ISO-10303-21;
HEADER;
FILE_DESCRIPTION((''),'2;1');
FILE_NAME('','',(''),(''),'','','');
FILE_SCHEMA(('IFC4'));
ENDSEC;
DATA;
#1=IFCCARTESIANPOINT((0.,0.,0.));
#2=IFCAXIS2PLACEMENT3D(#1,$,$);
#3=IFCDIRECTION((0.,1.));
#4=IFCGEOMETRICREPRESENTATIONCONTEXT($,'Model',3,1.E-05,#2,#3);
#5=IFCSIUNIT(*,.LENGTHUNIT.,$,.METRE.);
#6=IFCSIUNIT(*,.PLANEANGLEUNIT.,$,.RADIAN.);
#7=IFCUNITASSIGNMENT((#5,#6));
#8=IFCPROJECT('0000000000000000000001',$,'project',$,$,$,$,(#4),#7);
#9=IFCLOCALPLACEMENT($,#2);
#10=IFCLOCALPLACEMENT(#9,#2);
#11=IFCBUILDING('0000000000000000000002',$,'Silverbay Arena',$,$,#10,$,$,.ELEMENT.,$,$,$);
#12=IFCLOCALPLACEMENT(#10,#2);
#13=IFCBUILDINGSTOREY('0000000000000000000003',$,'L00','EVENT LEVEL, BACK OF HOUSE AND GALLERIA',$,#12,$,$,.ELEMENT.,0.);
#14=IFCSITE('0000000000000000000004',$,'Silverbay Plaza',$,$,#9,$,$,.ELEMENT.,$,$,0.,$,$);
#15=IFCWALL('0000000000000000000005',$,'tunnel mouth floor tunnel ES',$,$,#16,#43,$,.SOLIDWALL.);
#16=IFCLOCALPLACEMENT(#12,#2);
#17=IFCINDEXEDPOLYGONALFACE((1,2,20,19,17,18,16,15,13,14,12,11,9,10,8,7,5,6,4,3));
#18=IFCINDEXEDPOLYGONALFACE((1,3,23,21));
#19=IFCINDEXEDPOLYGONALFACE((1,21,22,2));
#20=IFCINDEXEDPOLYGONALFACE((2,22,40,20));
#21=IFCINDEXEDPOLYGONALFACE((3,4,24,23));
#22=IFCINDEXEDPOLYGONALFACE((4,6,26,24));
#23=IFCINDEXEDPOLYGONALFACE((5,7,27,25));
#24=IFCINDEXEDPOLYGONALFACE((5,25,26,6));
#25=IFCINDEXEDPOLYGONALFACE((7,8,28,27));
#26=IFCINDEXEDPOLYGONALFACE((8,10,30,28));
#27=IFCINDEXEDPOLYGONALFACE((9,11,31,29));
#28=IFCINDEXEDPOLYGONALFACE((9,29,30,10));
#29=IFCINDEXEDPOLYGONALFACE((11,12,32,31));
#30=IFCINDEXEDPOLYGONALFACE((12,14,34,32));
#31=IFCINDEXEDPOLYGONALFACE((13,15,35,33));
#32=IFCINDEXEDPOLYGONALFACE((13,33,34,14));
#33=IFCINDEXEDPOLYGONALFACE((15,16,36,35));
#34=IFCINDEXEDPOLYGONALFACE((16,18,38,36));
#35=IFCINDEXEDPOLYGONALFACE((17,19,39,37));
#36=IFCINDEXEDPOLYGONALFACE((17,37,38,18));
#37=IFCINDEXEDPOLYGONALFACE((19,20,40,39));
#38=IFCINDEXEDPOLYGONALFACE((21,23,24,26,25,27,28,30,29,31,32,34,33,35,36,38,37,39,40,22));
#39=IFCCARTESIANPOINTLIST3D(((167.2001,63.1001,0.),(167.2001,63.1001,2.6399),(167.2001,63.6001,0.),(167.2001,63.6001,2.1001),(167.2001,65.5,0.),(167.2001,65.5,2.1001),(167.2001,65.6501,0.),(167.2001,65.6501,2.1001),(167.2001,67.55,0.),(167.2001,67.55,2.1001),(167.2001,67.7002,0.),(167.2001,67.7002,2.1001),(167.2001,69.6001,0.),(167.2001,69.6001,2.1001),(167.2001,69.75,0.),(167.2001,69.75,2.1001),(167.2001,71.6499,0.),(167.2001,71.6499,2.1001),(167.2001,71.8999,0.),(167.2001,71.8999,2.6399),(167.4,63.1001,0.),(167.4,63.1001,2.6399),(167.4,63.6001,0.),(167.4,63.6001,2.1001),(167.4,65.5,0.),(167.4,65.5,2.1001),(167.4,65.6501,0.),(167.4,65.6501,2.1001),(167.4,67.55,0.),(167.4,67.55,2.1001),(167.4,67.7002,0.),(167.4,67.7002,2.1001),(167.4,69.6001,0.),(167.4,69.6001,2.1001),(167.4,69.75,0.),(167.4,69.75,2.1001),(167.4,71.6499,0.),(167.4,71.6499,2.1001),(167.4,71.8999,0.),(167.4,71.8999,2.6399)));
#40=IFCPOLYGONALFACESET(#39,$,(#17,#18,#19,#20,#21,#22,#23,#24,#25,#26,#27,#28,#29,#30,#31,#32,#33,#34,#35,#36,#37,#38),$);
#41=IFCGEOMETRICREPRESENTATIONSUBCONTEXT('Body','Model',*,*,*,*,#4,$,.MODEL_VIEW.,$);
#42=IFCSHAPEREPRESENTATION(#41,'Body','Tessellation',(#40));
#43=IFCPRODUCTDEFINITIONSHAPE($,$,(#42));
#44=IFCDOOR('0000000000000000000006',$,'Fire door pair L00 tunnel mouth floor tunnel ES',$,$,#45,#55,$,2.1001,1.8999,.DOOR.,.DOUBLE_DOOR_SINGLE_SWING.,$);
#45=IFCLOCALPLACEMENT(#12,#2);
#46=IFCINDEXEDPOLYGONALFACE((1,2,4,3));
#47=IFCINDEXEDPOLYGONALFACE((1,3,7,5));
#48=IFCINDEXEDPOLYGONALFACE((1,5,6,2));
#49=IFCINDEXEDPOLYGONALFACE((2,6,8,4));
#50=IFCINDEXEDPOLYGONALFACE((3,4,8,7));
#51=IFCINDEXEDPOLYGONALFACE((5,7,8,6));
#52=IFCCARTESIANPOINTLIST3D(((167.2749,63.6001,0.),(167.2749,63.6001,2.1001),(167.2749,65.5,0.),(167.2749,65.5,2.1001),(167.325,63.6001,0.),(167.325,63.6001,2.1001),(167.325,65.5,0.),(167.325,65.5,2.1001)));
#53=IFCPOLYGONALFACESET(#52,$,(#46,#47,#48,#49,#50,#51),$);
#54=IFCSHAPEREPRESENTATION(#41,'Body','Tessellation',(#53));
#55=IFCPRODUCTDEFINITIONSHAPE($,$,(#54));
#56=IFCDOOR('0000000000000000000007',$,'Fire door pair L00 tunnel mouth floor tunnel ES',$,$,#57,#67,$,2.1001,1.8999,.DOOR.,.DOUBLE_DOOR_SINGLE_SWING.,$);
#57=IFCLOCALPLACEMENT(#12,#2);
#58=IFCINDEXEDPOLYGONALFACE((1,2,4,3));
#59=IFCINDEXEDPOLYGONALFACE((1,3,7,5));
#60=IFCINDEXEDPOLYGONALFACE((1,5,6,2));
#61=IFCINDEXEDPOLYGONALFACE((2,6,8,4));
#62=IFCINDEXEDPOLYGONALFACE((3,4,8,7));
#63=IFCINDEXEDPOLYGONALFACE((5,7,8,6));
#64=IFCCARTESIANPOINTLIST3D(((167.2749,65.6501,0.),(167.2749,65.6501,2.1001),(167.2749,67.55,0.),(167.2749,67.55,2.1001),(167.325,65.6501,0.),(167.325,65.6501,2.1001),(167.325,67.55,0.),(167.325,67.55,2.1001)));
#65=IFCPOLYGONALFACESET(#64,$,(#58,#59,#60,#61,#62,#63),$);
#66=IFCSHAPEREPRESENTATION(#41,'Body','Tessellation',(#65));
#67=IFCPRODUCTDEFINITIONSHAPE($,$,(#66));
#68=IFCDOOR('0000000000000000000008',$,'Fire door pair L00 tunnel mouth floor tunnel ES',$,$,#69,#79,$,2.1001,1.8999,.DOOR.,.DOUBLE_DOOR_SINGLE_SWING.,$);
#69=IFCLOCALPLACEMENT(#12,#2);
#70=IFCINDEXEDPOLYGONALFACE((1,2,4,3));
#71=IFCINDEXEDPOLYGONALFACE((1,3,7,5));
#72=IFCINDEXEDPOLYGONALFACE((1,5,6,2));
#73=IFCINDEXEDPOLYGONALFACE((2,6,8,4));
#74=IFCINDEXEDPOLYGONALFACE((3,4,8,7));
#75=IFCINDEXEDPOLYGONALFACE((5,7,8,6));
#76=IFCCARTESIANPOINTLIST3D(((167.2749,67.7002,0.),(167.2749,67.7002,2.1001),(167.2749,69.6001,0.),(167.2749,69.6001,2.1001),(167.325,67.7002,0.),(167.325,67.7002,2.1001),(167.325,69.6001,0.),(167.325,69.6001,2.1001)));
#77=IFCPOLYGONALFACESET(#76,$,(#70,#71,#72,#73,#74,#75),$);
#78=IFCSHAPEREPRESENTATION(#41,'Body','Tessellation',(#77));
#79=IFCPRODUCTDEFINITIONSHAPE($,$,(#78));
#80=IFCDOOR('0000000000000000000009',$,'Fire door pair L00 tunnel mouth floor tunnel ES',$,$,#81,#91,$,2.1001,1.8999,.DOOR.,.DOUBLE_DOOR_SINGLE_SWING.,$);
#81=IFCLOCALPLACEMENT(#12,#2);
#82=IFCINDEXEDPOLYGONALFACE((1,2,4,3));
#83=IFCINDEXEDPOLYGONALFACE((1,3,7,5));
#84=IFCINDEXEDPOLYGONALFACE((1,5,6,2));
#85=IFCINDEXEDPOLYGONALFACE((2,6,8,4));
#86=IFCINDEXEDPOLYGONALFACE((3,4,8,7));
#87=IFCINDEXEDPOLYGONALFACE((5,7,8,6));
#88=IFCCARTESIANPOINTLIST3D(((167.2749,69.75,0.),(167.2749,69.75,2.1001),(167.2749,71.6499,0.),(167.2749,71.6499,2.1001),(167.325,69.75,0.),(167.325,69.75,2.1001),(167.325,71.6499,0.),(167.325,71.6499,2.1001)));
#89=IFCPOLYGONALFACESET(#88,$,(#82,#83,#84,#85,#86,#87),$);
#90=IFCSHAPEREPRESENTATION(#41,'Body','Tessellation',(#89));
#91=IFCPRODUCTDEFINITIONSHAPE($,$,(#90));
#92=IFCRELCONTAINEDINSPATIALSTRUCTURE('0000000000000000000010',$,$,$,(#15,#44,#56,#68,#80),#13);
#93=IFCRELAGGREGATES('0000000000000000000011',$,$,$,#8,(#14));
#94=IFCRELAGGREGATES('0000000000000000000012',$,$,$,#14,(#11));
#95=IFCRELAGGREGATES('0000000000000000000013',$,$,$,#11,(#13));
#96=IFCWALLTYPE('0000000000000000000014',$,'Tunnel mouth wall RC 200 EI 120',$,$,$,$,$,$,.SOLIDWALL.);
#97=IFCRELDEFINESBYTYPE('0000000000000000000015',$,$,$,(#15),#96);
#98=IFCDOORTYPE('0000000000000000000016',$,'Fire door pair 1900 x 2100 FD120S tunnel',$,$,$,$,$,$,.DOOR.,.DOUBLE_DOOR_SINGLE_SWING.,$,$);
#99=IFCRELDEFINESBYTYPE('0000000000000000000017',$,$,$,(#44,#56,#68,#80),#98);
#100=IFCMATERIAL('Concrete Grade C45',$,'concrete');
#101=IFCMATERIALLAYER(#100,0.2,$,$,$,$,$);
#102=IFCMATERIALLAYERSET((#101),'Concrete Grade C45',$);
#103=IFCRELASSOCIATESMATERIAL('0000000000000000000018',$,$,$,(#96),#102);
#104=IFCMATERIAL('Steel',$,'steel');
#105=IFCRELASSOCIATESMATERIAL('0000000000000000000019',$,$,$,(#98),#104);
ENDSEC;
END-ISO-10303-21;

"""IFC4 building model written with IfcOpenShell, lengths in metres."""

from ifc_helpers import new_model, si_unit, direction, frame, frame_2d, origin, place, context, subcontext, project, spatial, rectangle, extrude, material, layer, layer_set, type_object, element, fill, save


model = new_model("IFC4")

# Units and contexts
model_context = context("Model", 3, precision=1e-05, world=origin(), true_north=direction((0.0, 1.0)))
body_context = subcontext(model_context, "Body", "Model", "MODEL_VIEW")
ifc_project = project(units=[si_unit("LENGTHUNIT", "METRE"), si_unit("PLANEANGLEUNIT", "RADIAN")], contexts=[model_context])

# Site, building, storey
site_placement = place(None, origin())
site = spatial("IfcSite", under=ifc_project, at=site_placement, Name="Silverbay Plaza", CompositionType="ELEMENT", RefElevation=0.0)
building_placement = place(site_placement, origin())
building = spatial("IfcBuilding", under=site, at=building_placement, Name="Silverbay Arena", CompositionType="ELEMENT")
storey_placement = place(building_placement, origin())
storey = spatial("IfcBuildingStorey", under=building, at=storey_placement, Name="L00", Description="EVENT LEVEL, BACK OF HOUSE AND GALLERIA", CompositionType="ELEMENT", Elevation=0.0)

# Wall, openings, doors
ifc_material_1 = material(Name="Concrete Grade C45", Category="concrete")
ifc_layer_1 = layer(ifc_material_1, 0.2)
ifc_layer_set_1 = layer_set([ifc_layer_1], Name="Concrete Grade C45")
wall_type_1 = type_object("IfcWallType", Name="Tunnel mouth wall RC 200 EI 120", PredefinedType="SOLIDWALL", material=ifc_layer_set_1)
wall_1_placement = place(storey_placement, frame((167.3, 63.1001, 0.0), z_axis=(0.0, 0.0, 1.0), x_axis=(0.0, 1.0, 0.0)))
wall_1 = element("IfcWall", 1, at=wall_1_placement, inside=storey, type_object=wall_type_1, Name="tunnel mouth floor tunnel ES", PredefinedType="SOLIDWALL", context=body_context, shape_type="SweptSolid", body=[
    extrude(rectangle(XDim=8.7998, YDim=0.2, at=frame_2d((4.3999, 0.0))), origin(), (0.0, 0.0, 1.0), 2.6399),
])
opening_1_placement = place(wall_1_placement, frame((0.5, 0.0, 0.0)))
opening_1 = element("IfcOpeningElement", 2, at=opening_1_placement, cuts=wall_1, PredefinedType="OPENING", context=body_context, shape_type="SweptSolid", body=[
    extrude(rectangle(XDim=1.8999, YDim=2.1001, at=frame_2d((0.95, 1.05))), frame((0.0, 0.1099, 0.0), z_axis=(0.0, -1.0, 0.0), x_axis=(1.0, 0.0, 0.0)), (0.0, 0.0, 1.0), 0.22),
])
opening_2_placement = place(wall_1_placement, frame((2.55, 0.0, 0.0)))
opening_2 = element("IfcOpeningElement", 3, at=opening_2_placement, cuts=wall_1, PredefinedType="OPENING", context=body_context, shape_type="SweptSolid", body=[
    extrude(rectangle(XDim=1.8999, YDim=2.1001, at=frame_2d((0.95, 1.05))), frame((0.0, 0.1099, 0.0), z_axis=(0.0, -1.0, 0.0), x_axis=(1.0, 0.0, 0.0)), (0.0, 0.0, 1.0), 0.22),
])
opening_3_placement = place(wall_1_placement, frame((4.6001, 0.0, 0.0)))
opening_3 = element("IfcOpeningElement", 4, at=opening_3_placement, cuts=wall_1, PredefinedType="OPENING", context=body_context, shape_type="SweptSolid", body=[
    extrude(rectangle(XDim=1.8999, YDim=2.1001, at=frame_2d((0.95, 1.05))), frame((0.0, 0.1099, 0.0), z_axis=(0.0, -1.0, 0.0), x_axis=(1.0, 0.0, 0.0)), (0.0, 0.0, 1.0), 0.22),
])
opening_4_placement = place(wall_1_placement, frame((6.6499, 0.0, 0.0)))
opening_4 = element("IfcOpeningElement", 5, at=opening_4_placement, cuts=wall_1, PredefinedType="OPENING", context=body_context, shape_type="SweptSolid", body=[
    extrude(rectangle(XDim=1.8999, YDim=2.1001, at=frame_2d((0.95, 1.05))), frame((0.0, 0.1099, 0.0), z_axis=(0.0, -1.0, 0.0), x_axis=(1.0, 0.0, 0.0)), (0.0, 0.0, 1.0), 0.22),
])
ifc_material_2 = material(Name="Steel", Category="steel")
door_type_1 = type_object("IfcDoorType", Name="Fire door pair 1900 x 2100 FD120S tunnel", OperationType="DOUBLE_DOOR_SINGLE_SWING", PredefinedType="DOOR", material=ifc_material_2)
door_1_placement = place(opening_1_placement, frame((1.8999, 0.0, 0.0), z_axis=(0.0, 0.0, 1.0), x_axis=(-1.0, 0.0, 0.0)))
door_1 = element("IfcDoor", 6, at=door_1_placement, inside=storey, type_object=door_type_1, Name="Fire door pair L00 tunnel mouth floor tunnel ES", OperationType="DOUBLE_DOOR_SINGLE_SWING", OverallHeight=2.1001, OverallWidth=1.8999, PredefinedType="DOOR", context=body_context, shape_type="SweptSolid", body=[
    extrude(rectangle(XDim=1.8999, YDim=2.1001, at=frame_2d((0.95, 1.05))), frame((0.0, 0.0249, 0.0), z_axis=(0.0, -1.0, 0.0), x_axis=(1.0, 0.0, 0.0)), (0.0, 0.0, 1.0), 0.05),
])
fill(opening_1, door_1)
door_2_placement = place(opening_2_placement, frame((1.8999, 0.0, 0.0), z_axis=(0.0, 0.0, 1.0), x_axis=(-1.0, 0.0, 0.0)))
door_2 = element("IfcDoor", 7, at=door_2_placement, inside=storey, type_object=door_type_1, Name="Fire door pair L00 tunnel mouth floor tunnel ES", OperationType="DOUBLE_DOOR_SINGLE_SWING", OverallHeight=2.1001, OverallWidth=1.8999, PredefinedType="DOOR", context=body_context, shape_type="SweptSolid", body=[
    extrude(rectangle(XDim=1.8999, YDim=2.1001, at=frame_2d((0.95, 1.05))), frame((0.0, 0.0249, 0.0), z_axis=(0.0, -1.0, 0.0), x_axis=(1.0, 0.0, 0.0)), (0.0, 0.0, 1.0), 0.05),
])
fill(opening_2, door_2)
door_3_placement = place(opening_3_placement, frame((1.8999, 0.0, 0.0), z_axis=(0.0, 0.0, 1.0), x_axis=(-1.0, 0.0, 0.0)))
door_3 = element("IfcDoor", 8, at=door_3_placement, inside=storey, type_object=door_type_1, Name="Fire door pair L00 tunnel mouth floor tunnel ES", OperationType="DOUBLE_DOOR_SINGLE_SWING", OverallHeight=2.1001, OverallWidth=1.8999, PredefinedType="DOOR", context=body_context, shape_type="SweptSolid", body=[
    extrude(rectangle(XDim=1.8999, YDim=2.1001, at=frame_2d((0.95, 1.05))), frame((0.0, 0.0249, 0.0), z_axis=(0.0, -1.0, 0.0), x_axis=(1.0, 0.0, 0.0)), (0.0, 0.0, 1.0), 0.05),
])
fill(opening_3, door_3)
door_4_placement = place(opening_4_placement, frame((1.8999, 0.0, 0.0), z_axis=(0.0, 0.0, 1.0), x_axis=(-1.0, 0.0, 0.0)))
door_4 = element("IfcDoor", 9, at=door_4_placement, inside=storey, type_object=door_type_1, Name="Fire door pair L00 tunnel mouth floor tunnel ES", OperationType="DOUBLE_DOOR_SINGLE_SWING", OverallHeight=2.1001, OverallWidth=1.8999, PredefinedType="DOOR", context=body_context, shape_type="SweptSolid", body=[
    extrude(rectangle(XDim=1.8999, YDim=2.1001, at=frame_2d((0.95, 1.05))), frame((0.0, 0.0249, 0.0), z_axis=(0.0, -1.0, 0.0), x_axis=(1.0, 0.0, 0.0)), (0.0, 0.0, 1.0), 0.05),
])
fill(opening_4, door_4)

save(model, "model.ifc")
